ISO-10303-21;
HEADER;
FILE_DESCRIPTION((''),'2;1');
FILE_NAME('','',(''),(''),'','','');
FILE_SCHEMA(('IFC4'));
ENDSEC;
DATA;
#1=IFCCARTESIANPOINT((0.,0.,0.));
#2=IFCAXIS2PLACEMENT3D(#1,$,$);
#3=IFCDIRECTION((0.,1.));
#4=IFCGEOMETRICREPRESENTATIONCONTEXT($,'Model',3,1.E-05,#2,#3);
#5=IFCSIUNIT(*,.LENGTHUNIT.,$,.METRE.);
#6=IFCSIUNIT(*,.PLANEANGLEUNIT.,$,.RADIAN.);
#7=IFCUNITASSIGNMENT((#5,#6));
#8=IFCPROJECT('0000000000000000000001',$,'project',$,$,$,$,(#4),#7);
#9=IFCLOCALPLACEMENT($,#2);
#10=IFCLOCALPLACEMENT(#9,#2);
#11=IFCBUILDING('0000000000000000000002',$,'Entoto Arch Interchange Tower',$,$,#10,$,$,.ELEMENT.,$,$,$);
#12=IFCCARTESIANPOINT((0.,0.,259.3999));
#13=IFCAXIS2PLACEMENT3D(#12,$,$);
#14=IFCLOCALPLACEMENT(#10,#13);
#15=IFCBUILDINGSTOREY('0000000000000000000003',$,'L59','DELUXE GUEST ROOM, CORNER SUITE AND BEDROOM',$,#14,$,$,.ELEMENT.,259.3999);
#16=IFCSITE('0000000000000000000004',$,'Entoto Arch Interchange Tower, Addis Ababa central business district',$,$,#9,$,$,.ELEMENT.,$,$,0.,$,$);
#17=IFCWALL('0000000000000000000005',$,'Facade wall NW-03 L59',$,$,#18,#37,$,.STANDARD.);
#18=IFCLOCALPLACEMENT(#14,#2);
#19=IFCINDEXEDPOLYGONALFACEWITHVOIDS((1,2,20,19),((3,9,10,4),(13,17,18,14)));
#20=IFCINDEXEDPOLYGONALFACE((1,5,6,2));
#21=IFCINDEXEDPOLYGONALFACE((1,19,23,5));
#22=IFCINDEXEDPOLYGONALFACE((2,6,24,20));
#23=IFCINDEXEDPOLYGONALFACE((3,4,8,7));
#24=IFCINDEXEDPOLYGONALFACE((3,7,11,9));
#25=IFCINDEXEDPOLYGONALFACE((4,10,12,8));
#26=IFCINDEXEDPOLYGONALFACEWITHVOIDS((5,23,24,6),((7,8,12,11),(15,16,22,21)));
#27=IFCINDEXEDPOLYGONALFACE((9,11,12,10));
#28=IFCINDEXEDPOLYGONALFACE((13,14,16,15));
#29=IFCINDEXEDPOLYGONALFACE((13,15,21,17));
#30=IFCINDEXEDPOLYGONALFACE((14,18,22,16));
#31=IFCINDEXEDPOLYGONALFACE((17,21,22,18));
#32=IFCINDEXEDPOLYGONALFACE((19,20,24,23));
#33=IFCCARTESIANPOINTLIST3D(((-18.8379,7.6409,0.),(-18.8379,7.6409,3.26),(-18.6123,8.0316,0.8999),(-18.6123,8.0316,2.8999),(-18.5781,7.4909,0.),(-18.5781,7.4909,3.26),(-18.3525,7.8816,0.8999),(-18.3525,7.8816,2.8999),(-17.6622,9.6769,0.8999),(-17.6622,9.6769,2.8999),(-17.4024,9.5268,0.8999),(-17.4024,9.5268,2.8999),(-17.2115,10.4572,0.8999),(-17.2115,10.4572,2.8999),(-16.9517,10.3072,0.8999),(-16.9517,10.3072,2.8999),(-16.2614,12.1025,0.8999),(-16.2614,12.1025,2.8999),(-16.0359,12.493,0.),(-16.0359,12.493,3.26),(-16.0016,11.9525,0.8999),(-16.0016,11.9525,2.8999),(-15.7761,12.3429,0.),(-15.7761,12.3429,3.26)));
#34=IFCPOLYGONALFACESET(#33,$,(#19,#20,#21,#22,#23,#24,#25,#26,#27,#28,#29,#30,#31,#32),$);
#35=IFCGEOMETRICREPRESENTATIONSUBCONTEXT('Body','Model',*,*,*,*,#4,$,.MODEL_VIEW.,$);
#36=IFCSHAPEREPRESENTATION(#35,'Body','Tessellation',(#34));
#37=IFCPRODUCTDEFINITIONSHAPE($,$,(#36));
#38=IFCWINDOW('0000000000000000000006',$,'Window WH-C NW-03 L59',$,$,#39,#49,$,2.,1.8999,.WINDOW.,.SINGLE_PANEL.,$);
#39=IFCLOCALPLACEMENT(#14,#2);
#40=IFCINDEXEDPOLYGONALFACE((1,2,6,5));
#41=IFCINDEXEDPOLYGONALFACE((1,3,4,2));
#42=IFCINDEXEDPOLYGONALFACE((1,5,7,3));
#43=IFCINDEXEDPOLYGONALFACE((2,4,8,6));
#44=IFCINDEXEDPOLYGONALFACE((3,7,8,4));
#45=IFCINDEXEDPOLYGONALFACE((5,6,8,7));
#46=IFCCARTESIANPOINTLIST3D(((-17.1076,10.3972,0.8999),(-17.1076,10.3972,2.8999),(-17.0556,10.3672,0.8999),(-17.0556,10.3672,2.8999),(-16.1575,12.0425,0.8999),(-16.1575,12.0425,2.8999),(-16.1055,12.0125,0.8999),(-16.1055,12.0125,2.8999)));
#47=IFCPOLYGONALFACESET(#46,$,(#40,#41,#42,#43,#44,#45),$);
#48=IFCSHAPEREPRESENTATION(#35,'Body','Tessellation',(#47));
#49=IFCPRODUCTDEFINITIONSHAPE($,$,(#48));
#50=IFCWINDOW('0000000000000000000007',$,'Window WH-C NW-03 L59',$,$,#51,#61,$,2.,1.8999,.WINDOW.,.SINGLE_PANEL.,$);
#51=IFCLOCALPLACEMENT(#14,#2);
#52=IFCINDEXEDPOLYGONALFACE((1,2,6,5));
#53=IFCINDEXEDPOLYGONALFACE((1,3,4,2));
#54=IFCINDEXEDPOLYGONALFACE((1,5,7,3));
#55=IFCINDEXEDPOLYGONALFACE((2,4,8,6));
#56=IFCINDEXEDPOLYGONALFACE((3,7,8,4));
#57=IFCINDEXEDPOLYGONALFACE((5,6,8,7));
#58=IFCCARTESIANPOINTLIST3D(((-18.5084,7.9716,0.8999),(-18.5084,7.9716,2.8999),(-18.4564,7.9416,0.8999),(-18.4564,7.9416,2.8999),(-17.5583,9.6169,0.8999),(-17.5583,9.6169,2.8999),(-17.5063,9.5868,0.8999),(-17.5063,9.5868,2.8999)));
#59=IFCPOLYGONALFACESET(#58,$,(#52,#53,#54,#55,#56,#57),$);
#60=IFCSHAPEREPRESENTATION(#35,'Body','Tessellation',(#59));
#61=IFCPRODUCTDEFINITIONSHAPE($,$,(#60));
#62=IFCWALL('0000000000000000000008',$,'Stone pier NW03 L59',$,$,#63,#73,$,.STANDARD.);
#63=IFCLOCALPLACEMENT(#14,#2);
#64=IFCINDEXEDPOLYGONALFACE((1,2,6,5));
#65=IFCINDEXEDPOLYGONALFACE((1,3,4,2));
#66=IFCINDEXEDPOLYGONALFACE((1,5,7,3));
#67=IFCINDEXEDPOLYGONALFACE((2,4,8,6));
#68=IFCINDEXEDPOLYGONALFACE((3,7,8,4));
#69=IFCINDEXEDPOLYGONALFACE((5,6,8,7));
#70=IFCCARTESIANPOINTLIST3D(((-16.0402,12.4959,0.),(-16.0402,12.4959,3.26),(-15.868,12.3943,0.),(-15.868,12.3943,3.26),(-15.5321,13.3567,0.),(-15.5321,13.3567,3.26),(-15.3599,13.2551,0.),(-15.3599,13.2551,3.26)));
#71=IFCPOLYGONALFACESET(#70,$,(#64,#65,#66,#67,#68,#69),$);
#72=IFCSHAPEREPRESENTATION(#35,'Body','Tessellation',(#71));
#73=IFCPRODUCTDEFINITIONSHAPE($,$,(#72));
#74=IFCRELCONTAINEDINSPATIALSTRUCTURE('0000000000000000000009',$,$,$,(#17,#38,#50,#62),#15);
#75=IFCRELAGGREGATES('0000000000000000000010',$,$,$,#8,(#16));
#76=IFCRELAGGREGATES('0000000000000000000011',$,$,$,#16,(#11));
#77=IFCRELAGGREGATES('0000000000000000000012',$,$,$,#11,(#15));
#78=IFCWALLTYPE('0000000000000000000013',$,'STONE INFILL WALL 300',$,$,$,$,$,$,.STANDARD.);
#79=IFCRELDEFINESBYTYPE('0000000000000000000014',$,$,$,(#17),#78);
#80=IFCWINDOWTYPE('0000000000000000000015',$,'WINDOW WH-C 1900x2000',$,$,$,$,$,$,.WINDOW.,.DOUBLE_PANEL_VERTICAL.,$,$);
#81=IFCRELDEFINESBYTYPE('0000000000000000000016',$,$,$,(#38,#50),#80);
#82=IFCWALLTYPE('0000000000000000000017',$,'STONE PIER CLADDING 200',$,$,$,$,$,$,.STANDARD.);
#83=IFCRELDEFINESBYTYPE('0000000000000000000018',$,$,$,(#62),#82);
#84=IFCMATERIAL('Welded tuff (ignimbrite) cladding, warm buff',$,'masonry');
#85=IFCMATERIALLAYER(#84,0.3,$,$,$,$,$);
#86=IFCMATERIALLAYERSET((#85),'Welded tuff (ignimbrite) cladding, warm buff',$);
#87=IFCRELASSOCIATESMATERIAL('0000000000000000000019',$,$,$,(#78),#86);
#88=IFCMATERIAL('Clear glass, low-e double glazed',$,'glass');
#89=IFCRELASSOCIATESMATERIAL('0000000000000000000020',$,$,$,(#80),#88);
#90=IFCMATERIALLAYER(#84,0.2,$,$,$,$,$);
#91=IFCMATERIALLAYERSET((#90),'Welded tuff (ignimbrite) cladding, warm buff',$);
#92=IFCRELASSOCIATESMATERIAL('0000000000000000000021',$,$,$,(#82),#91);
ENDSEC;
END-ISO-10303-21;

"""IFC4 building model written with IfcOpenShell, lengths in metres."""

from ifc_helpers import new_model, si_unit, direction, frame, frame_2d, origin, place, context, subcontext, project, spatial, rectangle, extrude, material, layer, layer_set, type_object, element, fill, save


model = new_model("IFC4")

# Units and contexts
model_context = context("Model", 3, precision=1e-05, world=origin(), true_north=direction((0.0, 1.0)))
body_context = subcontext(model_context, "Body", "Model", "MODEL_VIEW")
ifc_project = project(units=[si_unit("LENGTHUNIT", "METRE"), si_unit("PLANEANGLEUNIT", "RADIAN")], contexts=[model_context])

# Site, building, storey
site_placement = place(None, origin())
site = spatial("IfcSite", under=ifc_project, at=site_placement, Name="Entoto Arch Interchange Tower, Addis Ababa central business district", CompositionType="ELEMENT", RefElevation=0.0)
building_placement = place(site_placement, origin())
building = spatial("IfcBuilding", under=site, at=building_placement, Name="Entoto Arch Interchange Tower", CompositionType="ELEMENT")
storey_placement = place(building_placement, frame((0.0, 0.0, 259.3999)))
storey = spatial("IfcBuildingStorey", under=building, at=storey_placement, Name="L59", Description="DELUXE GUEST ROOM, CORNER SUITE AND BEDROOM", CompositionType="ELEMENT", Elevation=259.3999)

# Shared definitions
ifc_material_1 = material(Name="Welded tuff (ignimbrite) cladding, warm buff", Category="masonry")
ifc_layer_1 = layer(ifc_material_1, 0.3)
ifc_layer_set_1 = layer_set([ifc_layer_1], Name="Welded tuff (ignimbrite) cladding, warm buff")
wall_type_1 = type_object("IfcWallType", Name="STONE INFILL WALL 300", PredefinedType="STANDARD", material=ifc_layer_set_1)
ifc_material_2 = material(Name="Clear glass, low-e double glazed", Category="glass")
window_type = type_object("IfcWindowType", Name="WINDOW WH-C 1900x2000", PartitioningType="DOUBLE_PANEL_VERTICAL", PredefinedType="WINDOW", material=ifc_material_2)

# Wall, openings, windows
wall_1_placement = place(storey_placement, frame((-15.906, 12.418, 0.0), z_axis=(0.0, 0.0, 1.0), x_axis=(-0.50009, -0.865974, 0.0)))
wall_1 = element("IfcWall", 1, at=wall_1_placement, inside=storey, type_object=wall_type_1, Name="Facade wall NW-03 L59", PredefinedType="STANDARD", context=body_context, shape_type="SweptSolid", body=[
    extrude(rectangle(XDim=5.603, YDim=0.3, at=frame_2d((2.8015, 0.0))), origin(), (0.0, 0.0, 1.0), 3.26),
])
opening_1_placement = place(wall_1_placement, frame((0.4509, 0.0, 0.8999)))
opening_1 = element("IfcOpeningElement", 2, at=opening_1_placement, cuts=wall_1, PredefinedType="OPENING", context=body_context, shape_type="SweptSolid", body=[
    extrude(rectangle(XDim=1.8999, YDim=2.0, at=frame_2d((0.95, 1.0))), frame((0.0, 0.1602, 0.0), z_axis=(0.0, -1.0, 0.0), x_axis=(1.0, 0.0, 0.0)), (0.0, 0.0, 1.0), 0.3201),
])
opening_2_placement = place(wall_1_placement, frame((3.252, 0.0, 0.8999)))
opening_2 = element("IfcOpeningElement", 3, at=opening_2_placement, cuts=wall_1, PredefinedType="OPENING", context=body_context, shape_type="SweptSolid", body=[
    extrude(rectangle(XDim=1.8999, YDim=2.0, at=frame_2d((0.95, 1.0))), frame((0.0, 0.1602, 0.0), z_axis=(0.0, -1.0, 0.0), x_axis=(1.0, 0.0, 0.0)), (0.0, 0.0, 1.0), 0.3201),
])
window_1_placement = place(opening_1_placement, origin())
window_1 = element("IfcWindow", 4, at=window_1_placement, inside=storey, type_object=window_type, Name="Window WH-C NW-03 L59", OverallHeight=2.0, OverallWidth=1.8999, PartitioningType="SINGLE_PANEL", PredefinedType="WINDOW", context=body_context, shape_type="SweptSolid", body=[
    extrude(rectangle(XDim=1.8999, YDim=2.0, at=frame_2d((0.95, 1.0))), frame((0.0, 0.03, 0.0), z_axis=(0.0, -1.0, 0.0), x_axis=(1.0, 0.0, 0.0)), (0.0, 0.0, 1.0), 0.0601),
])
fill(opening_1, window_1)
window_2_placement = place(opening_2_placement, origin())
window_2 = element("IfcWindow", 5, at=window_2_placement, inside=storey, type_object=window_type, Name="Window WH-C NW-03 L59", OverallHeight=2.0, OverallWidth=1.8999, PartitioningType="SINGLE_PANEL", PredefinedType="WINDOW", context=body_context, shape_type="SweptSolid", body=[
    extrude(rectangle(XDim=1.8999, YDim=2.0, at=frame_2d((0.95, 1.0))), frame((0.0, 0.03, 0.0), z_axis=(0.0, -1.0, 0.0), x_axis=(1.0, 0.0, 0.0)), (0.0, 0.0, 1.0), 0.0601),
])
fill(opening_2, window_2)

# Wall
ifc_layer_2 = layer(ifc_material_1, 0.2)
ifc_layer_set_2 = layer_set([ifc_layer_2], Name="Welded tuff (ignimbrite) cladding, warm buff")
wall_type_2 = type_object("IfcWallType", Name="STONE PIER CLADDING 200", PredefinedType="STANDARD", material=ifc_layer_set_2)
wall_2_placement = place(storey_placement, frame((-15.446, 13.3059, 0.0), z_axis=(0.0, 0.0, 1.0), x_axis=(-0.508268, -0.861199, 0.0)))
element("IfcWall", 6, at=wall_2_placement, inside=storey, type_object=wall_type_2, Name="Stone pier NW03 L59", PredefinedType="STANDARD", context=body_context, shape_type="SweptSolid", body=[
    extrude(rectangle(XDim=0.9995, YDim=0.2, at=frame_2d((0.4998, 0.0))), origin(), (0.0, 0.0, 1.0), 3.26),
])

save(model, "model.ifc")
